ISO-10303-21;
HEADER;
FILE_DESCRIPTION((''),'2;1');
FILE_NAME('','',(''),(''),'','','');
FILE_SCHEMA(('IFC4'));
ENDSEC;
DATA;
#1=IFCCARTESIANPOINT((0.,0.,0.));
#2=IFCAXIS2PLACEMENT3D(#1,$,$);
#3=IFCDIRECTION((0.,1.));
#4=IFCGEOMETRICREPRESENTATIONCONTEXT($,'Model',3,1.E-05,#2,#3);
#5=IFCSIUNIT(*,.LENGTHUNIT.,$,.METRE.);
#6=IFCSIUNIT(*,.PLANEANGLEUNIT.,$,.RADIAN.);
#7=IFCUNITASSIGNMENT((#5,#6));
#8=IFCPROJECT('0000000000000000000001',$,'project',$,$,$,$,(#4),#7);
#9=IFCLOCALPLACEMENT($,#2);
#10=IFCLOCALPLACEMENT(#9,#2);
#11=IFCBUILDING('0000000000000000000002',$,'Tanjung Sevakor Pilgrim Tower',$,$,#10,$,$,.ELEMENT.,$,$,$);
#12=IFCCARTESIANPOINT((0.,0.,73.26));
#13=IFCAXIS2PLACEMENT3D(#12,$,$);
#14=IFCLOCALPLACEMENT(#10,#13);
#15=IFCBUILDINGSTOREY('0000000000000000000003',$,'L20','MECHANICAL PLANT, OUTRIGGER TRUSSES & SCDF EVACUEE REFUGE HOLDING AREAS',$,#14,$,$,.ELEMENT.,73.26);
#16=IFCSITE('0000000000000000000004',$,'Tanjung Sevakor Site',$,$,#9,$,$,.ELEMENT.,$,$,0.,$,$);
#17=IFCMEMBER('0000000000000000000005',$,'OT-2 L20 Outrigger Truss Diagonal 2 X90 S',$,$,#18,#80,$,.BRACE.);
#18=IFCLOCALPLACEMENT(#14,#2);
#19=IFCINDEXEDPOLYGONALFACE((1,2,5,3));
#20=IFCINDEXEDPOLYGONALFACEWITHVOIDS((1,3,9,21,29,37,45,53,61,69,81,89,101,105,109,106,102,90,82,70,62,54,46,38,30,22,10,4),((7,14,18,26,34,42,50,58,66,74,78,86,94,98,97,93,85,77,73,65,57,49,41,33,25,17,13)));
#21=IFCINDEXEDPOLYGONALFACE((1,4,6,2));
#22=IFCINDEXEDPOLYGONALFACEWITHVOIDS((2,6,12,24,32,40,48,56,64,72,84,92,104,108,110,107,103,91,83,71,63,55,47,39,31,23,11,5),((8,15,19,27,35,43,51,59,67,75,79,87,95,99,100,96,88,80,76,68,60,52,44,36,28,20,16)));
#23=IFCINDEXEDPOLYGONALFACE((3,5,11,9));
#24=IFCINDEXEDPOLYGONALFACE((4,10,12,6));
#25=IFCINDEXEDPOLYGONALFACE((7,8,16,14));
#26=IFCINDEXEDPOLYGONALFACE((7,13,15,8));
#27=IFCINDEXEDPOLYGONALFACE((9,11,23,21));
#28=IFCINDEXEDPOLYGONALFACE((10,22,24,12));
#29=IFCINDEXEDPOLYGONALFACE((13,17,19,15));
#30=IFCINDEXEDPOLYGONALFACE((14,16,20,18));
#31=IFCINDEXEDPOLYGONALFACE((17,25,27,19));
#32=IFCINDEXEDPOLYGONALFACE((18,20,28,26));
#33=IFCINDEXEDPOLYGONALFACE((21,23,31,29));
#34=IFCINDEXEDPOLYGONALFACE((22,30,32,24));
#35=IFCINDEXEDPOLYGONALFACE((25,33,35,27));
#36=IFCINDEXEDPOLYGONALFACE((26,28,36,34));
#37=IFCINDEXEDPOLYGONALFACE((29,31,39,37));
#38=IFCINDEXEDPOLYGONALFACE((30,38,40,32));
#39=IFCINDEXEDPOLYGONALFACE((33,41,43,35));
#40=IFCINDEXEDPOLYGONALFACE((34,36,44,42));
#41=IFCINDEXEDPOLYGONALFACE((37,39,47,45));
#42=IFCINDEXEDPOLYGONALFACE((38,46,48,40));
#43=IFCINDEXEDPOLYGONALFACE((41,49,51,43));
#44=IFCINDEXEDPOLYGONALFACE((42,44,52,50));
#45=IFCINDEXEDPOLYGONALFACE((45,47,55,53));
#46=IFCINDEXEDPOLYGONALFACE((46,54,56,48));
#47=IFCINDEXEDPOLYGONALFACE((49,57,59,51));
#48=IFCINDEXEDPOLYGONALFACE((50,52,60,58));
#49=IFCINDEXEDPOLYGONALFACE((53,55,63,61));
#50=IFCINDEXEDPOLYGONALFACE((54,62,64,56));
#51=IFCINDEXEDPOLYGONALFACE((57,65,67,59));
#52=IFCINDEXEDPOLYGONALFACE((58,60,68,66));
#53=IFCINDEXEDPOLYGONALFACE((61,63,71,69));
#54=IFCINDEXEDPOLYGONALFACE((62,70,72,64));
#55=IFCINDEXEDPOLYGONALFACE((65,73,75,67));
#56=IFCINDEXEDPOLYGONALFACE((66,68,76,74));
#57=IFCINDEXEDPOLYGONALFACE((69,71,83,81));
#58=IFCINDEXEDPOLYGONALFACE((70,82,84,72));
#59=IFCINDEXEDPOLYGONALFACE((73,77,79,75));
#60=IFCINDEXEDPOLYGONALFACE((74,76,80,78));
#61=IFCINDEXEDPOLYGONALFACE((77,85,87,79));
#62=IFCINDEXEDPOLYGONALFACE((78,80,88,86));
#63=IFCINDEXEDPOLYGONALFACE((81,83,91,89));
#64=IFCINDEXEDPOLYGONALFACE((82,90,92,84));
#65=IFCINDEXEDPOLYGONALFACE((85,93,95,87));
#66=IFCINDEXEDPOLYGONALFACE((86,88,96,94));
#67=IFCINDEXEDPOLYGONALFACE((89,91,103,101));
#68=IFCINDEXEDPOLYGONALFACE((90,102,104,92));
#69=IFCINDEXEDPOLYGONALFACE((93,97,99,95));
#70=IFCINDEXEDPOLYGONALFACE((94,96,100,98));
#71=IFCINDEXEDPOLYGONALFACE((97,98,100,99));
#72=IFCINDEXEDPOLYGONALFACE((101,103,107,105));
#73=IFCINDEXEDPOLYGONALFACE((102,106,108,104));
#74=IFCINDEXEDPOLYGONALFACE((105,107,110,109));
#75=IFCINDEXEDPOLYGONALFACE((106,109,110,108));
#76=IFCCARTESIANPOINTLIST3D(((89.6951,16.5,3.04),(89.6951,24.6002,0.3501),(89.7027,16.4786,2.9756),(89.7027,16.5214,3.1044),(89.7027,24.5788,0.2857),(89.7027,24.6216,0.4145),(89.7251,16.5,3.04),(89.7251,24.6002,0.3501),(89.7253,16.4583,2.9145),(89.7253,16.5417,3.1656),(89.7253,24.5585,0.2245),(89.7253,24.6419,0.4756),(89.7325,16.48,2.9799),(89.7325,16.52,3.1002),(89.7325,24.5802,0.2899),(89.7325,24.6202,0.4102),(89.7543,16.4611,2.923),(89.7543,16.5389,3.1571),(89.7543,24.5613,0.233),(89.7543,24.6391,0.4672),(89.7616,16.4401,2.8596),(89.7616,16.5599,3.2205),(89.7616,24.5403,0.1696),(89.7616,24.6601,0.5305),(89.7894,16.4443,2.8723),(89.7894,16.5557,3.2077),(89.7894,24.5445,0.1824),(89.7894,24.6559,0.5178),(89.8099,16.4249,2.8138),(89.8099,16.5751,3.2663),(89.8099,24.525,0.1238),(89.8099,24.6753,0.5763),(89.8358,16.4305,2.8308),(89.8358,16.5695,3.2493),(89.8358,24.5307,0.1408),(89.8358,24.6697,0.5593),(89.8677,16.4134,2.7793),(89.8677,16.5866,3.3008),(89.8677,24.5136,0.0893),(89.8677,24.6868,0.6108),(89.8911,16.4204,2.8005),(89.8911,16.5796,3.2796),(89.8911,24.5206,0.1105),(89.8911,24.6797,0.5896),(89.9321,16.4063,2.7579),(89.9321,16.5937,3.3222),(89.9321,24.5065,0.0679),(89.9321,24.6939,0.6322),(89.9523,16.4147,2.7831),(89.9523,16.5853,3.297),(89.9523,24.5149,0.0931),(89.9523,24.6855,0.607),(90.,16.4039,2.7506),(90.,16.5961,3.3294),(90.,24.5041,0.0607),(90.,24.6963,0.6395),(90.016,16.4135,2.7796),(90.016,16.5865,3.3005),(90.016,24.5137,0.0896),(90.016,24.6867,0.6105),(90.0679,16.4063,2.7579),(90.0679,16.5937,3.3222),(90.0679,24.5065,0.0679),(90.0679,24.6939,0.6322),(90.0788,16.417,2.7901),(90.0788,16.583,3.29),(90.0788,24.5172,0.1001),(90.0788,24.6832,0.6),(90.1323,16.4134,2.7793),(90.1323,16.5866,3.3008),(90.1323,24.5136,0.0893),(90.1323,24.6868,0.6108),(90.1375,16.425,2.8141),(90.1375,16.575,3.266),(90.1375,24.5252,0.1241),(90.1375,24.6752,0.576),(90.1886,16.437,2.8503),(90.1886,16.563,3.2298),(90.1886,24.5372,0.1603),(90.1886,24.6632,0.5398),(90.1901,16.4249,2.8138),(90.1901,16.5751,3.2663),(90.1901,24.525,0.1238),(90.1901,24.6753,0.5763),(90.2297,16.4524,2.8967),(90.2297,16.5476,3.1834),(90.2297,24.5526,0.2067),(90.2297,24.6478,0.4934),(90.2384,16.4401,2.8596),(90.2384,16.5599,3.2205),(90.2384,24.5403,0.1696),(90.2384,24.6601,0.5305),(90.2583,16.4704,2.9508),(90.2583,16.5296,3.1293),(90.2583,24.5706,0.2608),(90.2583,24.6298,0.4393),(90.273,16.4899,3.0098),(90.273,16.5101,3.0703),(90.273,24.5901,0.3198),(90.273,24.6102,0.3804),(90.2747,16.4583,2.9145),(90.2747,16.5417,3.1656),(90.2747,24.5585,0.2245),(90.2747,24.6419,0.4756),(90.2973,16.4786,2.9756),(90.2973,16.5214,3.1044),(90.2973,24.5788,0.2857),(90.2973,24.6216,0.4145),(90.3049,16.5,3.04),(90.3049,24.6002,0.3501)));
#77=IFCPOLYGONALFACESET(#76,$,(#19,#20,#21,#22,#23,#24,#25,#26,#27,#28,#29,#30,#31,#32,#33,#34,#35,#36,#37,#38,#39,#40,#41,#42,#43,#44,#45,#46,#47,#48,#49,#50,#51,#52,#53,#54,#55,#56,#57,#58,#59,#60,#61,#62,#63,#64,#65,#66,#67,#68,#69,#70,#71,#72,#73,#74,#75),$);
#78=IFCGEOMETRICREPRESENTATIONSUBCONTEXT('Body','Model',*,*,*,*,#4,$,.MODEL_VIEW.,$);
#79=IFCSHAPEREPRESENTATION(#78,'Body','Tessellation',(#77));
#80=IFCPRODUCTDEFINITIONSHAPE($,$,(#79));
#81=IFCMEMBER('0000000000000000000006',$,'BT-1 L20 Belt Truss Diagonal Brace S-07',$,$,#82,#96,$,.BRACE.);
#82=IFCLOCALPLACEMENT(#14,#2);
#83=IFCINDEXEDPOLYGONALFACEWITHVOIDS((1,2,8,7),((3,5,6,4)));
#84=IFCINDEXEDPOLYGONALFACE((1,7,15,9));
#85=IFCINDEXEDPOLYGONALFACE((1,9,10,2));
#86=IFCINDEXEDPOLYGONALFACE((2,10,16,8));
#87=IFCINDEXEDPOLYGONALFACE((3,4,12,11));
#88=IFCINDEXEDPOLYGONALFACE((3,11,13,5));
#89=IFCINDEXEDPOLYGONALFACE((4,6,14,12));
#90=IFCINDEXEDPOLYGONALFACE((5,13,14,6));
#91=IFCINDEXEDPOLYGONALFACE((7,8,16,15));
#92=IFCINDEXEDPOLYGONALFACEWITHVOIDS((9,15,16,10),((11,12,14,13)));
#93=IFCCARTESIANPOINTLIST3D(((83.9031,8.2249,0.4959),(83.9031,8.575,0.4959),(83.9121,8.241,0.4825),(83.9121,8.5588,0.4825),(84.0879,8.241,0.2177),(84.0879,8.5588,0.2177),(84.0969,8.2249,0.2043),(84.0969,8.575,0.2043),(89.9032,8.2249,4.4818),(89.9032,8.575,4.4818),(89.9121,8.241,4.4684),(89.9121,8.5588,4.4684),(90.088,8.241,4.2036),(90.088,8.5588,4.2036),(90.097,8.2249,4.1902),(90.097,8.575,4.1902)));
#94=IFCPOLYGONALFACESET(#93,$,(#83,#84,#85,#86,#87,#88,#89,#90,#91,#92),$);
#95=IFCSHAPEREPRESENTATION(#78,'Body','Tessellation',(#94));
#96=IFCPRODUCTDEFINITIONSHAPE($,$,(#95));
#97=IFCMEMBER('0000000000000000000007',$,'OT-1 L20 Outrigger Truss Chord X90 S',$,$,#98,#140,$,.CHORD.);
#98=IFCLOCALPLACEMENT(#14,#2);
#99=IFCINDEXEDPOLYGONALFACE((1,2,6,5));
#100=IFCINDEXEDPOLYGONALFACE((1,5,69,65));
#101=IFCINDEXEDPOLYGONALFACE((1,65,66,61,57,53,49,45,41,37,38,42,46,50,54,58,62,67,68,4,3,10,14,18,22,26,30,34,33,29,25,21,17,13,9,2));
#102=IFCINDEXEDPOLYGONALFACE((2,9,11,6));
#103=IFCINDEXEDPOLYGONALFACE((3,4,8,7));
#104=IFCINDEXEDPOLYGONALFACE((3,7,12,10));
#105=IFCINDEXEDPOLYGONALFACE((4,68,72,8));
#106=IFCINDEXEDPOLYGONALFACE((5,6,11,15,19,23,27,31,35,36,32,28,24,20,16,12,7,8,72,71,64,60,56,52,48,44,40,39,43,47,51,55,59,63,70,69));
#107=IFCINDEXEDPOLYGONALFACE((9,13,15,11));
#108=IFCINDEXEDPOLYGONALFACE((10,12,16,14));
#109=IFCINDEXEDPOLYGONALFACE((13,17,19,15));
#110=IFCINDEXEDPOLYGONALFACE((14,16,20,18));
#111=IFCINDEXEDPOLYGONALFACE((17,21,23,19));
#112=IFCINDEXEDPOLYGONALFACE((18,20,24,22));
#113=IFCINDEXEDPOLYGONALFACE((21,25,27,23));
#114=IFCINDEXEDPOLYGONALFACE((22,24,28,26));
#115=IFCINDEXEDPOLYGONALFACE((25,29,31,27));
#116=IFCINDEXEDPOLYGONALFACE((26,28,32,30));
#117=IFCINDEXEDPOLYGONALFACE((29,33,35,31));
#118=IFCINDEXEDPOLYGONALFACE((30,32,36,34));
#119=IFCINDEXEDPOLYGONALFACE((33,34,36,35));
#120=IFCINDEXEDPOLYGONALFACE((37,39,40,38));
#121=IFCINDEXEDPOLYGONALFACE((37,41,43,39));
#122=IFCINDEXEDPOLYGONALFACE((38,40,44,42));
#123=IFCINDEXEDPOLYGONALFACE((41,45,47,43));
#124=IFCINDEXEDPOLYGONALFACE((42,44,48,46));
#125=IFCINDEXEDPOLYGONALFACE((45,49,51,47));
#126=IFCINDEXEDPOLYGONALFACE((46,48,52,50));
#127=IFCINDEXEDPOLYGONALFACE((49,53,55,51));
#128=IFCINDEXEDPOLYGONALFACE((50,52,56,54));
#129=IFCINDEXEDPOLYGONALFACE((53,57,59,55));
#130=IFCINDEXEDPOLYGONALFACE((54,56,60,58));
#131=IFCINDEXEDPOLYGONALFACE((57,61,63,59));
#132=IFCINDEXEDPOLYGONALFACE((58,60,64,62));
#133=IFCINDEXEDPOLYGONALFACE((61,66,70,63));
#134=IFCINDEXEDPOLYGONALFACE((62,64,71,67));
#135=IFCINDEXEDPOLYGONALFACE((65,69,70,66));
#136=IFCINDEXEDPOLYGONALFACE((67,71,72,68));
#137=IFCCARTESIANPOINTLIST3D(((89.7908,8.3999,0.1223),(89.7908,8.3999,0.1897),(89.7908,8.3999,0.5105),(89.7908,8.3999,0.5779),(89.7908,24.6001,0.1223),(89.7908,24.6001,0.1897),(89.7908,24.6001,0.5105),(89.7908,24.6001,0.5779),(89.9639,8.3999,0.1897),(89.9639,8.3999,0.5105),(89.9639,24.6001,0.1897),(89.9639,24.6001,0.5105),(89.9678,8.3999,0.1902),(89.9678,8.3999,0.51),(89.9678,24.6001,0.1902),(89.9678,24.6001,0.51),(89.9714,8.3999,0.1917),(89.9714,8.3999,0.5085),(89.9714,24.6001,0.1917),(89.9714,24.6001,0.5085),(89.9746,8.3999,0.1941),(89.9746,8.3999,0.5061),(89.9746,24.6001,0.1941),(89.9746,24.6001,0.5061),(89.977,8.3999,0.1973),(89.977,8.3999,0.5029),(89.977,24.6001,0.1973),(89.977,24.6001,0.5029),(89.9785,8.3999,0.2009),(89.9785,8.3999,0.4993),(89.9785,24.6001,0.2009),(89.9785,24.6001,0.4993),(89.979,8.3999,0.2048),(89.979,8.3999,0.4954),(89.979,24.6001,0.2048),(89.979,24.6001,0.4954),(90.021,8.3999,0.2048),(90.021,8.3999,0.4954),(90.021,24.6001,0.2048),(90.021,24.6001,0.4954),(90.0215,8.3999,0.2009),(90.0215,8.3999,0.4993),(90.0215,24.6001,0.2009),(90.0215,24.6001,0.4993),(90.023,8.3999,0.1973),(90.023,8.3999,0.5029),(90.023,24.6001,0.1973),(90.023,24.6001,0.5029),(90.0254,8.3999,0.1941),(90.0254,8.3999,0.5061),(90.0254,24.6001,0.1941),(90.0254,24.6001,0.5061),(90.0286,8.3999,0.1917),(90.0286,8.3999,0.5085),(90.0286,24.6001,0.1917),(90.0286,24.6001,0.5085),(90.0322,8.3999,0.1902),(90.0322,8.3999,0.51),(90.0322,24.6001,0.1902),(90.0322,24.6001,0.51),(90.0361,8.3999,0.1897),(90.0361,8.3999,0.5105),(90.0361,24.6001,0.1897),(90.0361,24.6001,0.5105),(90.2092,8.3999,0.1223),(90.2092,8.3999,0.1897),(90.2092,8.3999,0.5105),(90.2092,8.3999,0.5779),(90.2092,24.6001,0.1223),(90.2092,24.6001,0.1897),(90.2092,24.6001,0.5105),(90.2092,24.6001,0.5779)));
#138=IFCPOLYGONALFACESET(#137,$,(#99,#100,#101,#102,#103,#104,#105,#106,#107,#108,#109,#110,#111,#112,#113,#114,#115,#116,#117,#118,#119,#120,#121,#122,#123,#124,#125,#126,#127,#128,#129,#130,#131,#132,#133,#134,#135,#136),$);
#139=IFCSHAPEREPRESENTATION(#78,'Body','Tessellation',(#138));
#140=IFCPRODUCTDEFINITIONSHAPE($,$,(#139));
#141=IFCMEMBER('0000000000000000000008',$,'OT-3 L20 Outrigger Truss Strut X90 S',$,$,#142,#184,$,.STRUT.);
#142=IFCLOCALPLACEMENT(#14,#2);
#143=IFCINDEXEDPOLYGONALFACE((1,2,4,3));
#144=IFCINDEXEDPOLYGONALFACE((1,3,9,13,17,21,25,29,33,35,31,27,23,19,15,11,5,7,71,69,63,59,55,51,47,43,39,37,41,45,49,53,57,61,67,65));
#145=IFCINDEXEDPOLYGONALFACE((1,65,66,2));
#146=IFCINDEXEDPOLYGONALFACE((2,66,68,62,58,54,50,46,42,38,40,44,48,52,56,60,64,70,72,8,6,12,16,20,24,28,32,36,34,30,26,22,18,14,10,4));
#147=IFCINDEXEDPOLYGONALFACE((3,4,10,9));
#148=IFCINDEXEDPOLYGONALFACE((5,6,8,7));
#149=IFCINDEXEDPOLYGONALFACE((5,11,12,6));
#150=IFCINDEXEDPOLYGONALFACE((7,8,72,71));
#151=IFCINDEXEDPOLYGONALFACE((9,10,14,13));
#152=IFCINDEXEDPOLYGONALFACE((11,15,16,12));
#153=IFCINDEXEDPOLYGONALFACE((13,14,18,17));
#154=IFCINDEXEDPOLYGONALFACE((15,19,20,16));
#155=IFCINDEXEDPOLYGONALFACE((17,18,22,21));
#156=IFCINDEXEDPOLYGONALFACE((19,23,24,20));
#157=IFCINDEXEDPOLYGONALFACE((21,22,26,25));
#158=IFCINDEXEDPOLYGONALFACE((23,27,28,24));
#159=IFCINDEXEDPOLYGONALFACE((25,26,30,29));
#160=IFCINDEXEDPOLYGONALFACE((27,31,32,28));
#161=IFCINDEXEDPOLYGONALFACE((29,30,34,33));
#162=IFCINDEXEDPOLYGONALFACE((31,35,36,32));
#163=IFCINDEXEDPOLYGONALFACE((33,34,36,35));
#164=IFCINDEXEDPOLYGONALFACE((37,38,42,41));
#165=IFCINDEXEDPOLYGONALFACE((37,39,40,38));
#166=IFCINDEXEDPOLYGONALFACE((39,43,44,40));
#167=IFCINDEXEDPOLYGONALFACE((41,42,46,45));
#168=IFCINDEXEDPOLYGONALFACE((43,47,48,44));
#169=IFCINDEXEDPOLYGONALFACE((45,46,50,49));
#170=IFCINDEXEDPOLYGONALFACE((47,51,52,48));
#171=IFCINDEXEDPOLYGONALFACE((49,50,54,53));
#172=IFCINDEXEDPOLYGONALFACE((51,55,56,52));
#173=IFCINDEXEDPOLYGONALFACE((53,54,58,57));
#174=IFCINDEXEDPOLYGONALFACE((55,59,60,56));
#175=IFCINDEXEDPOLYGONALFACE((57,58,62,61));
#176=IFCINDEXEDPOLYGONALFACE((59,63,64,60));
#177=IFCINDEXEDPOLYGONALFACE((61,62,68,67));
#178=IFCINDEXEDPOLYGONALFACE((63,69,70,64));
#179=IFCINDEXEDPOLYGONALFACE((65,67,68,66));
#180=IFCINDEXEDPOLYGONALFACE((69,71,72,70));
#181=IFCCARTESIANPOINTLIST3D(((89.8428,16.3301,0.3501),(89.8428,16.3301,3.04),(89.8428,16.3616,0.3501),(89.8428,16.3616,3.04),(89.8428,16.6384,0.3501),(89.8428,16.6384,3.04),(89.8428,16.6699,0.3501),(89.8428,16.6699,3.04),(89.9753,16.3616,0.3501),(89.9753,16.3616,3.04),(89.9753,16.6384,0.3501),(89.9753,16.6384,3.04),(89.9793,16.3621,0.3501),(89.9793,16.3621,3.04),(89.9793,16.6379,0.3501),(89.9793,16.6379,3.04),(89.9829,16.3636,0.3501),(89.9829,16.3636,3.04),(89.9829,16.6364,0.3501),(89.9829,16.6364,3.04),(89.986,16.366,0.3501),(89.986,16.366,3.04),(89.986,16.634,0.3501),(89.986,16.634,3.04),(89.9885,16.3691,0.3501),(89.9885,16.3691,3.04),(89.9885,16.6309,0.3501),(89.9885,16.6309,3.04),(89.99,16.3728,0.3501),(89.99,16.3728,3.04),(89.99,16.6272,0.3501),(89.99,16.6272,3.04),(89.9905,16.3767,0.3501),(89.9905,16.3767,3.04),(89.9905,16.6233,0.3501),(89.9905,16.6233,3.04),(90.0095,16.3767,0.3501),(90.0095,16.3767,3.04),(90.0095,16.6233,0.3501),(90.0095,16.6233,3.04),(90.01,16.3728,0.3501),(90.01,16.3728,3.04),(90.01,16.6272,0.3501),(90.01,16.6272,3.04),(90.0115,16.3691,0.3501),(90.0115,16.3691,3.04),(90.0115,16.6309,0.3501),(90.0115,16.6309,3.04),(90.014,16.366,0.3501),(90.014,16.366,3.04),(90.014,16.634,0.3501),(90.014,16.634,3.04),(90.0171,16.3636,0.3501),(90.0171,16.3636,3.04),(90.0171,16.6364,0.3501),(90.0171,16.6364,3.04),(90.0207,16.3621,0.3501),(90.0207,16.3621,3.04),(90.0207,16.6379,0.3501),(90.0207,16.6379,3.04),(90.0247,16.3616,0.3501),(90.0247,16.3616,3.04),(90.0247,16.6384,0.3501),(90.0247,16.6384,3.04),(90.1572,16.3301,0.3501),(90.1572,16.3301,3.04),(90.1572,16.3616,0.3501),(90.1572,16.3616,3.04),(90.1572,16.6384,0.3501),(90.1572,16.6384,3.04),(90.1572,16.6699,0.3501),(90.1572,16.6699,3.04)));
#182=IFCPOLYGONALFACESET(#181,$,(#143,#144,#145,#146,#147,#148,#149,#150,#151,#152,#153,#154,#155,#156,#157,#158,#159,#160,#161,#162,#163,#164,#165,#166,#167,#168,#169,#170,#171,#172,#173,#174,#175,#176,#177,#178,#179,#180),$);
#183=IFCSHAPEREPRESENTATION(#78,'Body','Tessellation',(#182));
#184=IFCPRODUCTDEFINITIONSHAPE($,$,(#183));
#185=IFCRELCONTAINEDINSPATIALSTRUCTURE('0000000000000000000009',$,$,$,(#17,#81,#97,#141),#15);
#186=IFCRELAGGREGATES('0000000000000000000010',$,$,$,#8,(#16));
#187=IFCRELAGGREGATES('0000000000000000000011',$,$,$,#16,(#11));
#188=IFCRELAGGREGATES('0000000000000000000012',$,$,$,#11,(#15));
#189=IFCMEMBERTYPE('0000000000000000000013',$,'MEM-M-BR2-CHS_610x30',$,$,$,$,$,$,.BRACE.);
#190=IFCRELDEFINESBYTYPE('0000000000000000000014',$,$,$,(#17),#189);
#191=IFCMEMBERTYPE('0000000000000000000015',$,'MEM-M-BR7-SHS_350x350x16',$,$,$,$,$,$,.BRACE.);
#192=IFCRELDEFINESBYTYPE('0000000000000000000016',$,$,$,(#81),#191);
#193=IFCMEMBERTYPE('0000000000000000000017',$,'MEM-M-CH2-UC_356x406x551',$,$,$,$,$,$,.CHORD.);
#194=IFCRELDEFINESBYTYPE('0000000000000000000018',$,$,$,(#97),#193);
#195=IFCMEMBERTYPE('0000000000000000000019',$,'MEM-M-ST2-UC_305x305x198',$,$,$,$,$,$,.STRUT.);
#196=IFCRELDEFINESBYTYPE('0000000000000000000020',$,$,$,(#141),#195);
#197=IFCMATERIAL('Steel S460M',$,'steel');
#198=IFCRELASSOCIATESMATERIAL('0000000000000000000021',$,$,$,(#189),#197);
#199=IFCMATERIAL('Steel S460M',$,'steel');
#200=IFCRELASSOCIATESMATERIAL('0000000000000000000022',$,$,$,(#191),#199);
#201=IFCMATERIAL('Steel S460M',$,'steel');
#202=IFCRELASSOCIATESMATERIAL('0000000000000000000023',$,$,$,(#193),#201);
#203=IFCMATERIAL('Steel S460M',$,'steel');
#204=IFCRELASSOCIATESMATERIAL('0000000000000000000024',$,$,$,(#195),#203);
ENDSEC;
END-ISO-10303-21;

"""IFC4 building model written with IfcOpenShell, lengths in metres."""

from ifc_helpers import new_model, si_unit, direction, frame, origin, origin_2d, place, context, subcontext, project, spatial, hollow_rectangle, hollow_circle, i_section, extrude, material, material_profile, profile_set, type_object, element, save


model = new_model("IFC4")

# Units and contexts
model_context = context("Model", 3, precision=1e-05, world=origin(), true_north=direction((0.0, 1.0)))
body_context = subcontext(model_context, "Body", "Model", "MODEL_VIEW")
ifc_project = project(units=[si_unit("LENGTHUNIT", "METRE"), si_unit("PLANEANGLEUNIT", "RADIAN")], contexts=[model_context])

# Site, building, storey
site_placement = place(None, origin())
site = spatial("IfcSite", under=ifc_project, at=site_placement, Name="Tanjung Sevakor Site", CompositionType="ELEMENT", RefElevation=0.0)
building_placement = place(site_placement, origin())
building = spatial("IfcBuilding", under=site, at=building_placement, Name="Tanjung Sevakor Pilgrim Tower", CompositionType="ELEMENT")
storey_placement = place(building_placement, frame((0.0, 0.0, 73.26)))
storey = spatial("IfcBuildingStorey", under=building, at=storey_placement, Name="L20", Description="MECHANICAL PLANT, OUTRIGGER TRUSSES & SCDF EVACUEE REFUGE HOLDING AREAS", CompositionType="ELEMENT", Elevation=73.26)

# Members
ifc_material_1 = material(Name="Steel S460M", Category="steel")
ifc_material_profile_1 = material_profile(ifc_material_1, hollow_circle(Radius=0.3049, WallThickness=0.03, at=origin_2d()))
ifc_profile_set_1 = profile_set([ifc_material_profile_1], Name="Steel S460M")
member_type_1 = type_object("IfcMemberType", Name="MEM-M-BR2-CHS_610x30", PredefinedType="BRACE", material=ifc_profile_set_1)
for number, where, z_axis, x_axis, name in (
    (1, (90.0, 16.5, 3.04), (0.0, 0.949037, -0.315163), (-1.0, 0.0, 0.0), "OT-2 L20 Outrigger Truss Diagonal 2 X90 S"),
):
    element("IfcMember", number, at=place(storey_placement, frame(where, z_axis=z_axis, x_axis=x_axis)), inside=storey, type_object=member_type_1, Name=name, PredefinedType="BRACE", context=body_context, shape_type="SweptSolid", body=[
        extrude(hollow_circle(Radius=0.3049, WallThickness=0.03, at=origin_2d()), origin(), (0.0, 0.0, 1.0), 8.5352),
    ])
ifc_material_2 = material(Name="Steel S460M", Category="steel")
ifc_material_profile_2 = material_profile(ifc_material_2, hollow_rectangle(XDim=0.3501, YDim=0.3501, WallThickness=0.0161, at=origin_2d()))
ifc_profile_set_2 = profile_set([ifc_material_profile_2], Name="Steel S460M")
member_type_2 = type_object("IfcMemberType", Name="MEM-M-BR7-SHS_350x350x16", PredefinedType="BRACE", material=ifc_profile_set_2)
member_1_placement = place(storey_placement, frame((84.0, 8.3999, 0.3501), z_axis=(0.832956, 0.0, 0.553339), x_axis=(0.0, 1.0, 0.0)))
element("IfcMember", 2, at=member_1_placement, inside=storey, type_object=member_type_2, Name="BT-1 L20 Belt Truss Diagonal Brace S-07", PredefinedType="BRACE", context=body_context, shape_type="SweptSolid", body=[
    extrude(hollow_rectangle(XDim=0.3501, YDim=0.3501, WallThickness=0.0161, at=origin_2d()), origin(), (0.0, 0.0, 1.0), 7.2034),
])
ifc_material_3 = material(Name="Steel S460M", Category="steel")
ifc_material_profile_3 = material_profile(ifc_material_3, i_section(OverallWidth=0.4185, OverallDepth=0.4556, WebThickness=0.042, FlangeThickness=0.0674, FilletRadius=0.0151, at=origin_2d()))
ifc_profile_set_3 = profile_set([ifc_material_profile_3], Name="Steel S460M")
member_type_3 = type_object("IfcMemberType", Name="MEM-M-CH2-UC_356x406x551", PredefinedType="CHORD", material=ifc_profile_set_3)
member_2_placement = place(storey_placement, frame((90.0, 8.3999, 0.3501), z_axis=(0.0, 1.0, 0.0), x_axis=(-1.0, 0.0, 0.0)))
element("IfcMember", 3, at=member_2_placement, inside=storey, type_object=member_type_3, Name="OT-1 L20 Outrigger Truss Chord X90 S", PredefinedType="CHORD", context=body_context, shape_type="SweptSolid", body=[
    extrude(i_section(OverallWidth=0.4185, OverallDepth=0.4556, WebThickness=0.042, FlangeThickness=0.0674, FilletRadius=0.0151, at=origin_2d()), origin(), (0.0, 0.0, 1.0), 16.2002),
])
ifc_material_4 = material(Name="Steel S460M", Category="steel")
ifc_material_profile_4 = material_profile(ifc_material_4, i_section(OverallWidth=0.3145, OverallDepth=0.3398, WebThickness=0.019, FlangeThickness=0.0315, FilletRadius=0.0151, at=origin_2d()))
ifc_profile_set_4 = profile_set([ifc_material_profile_4], Name="Steel S460M")
member_type_4 = type_object("IfcMemberType", Name="MEM-M-ST2-UC_305x305x198", PredefinedType="STRUT", material=ifc_profile_set_4)
member_3_placement = place(storey_placement, frame((90.0, 16.5, 0.3501), z_axis=(0.0, 0.0, 1.0), x_axis=(1.0, 0.0, 0.0)))
element("IfcMember", 4, at=member_3_placement, inside=storey, type_object=member_type_4, Name="OT-3 L20 Outrigger Truss Strut X90 S", PredefinedType="STRUT", context=body_context, shape_type="SweptSolid", body=[
    extrude(i_section(OverallWidth=0.3145, OverallDepth=0.3398, WebThickness=0.019, FlangeThickness=0.0315, FilletRadius=0.0151, at=origin_2d()), origin(), (0.0, 0.0, 1.0), 2.6899),
])

save(model, "model.ifc")
